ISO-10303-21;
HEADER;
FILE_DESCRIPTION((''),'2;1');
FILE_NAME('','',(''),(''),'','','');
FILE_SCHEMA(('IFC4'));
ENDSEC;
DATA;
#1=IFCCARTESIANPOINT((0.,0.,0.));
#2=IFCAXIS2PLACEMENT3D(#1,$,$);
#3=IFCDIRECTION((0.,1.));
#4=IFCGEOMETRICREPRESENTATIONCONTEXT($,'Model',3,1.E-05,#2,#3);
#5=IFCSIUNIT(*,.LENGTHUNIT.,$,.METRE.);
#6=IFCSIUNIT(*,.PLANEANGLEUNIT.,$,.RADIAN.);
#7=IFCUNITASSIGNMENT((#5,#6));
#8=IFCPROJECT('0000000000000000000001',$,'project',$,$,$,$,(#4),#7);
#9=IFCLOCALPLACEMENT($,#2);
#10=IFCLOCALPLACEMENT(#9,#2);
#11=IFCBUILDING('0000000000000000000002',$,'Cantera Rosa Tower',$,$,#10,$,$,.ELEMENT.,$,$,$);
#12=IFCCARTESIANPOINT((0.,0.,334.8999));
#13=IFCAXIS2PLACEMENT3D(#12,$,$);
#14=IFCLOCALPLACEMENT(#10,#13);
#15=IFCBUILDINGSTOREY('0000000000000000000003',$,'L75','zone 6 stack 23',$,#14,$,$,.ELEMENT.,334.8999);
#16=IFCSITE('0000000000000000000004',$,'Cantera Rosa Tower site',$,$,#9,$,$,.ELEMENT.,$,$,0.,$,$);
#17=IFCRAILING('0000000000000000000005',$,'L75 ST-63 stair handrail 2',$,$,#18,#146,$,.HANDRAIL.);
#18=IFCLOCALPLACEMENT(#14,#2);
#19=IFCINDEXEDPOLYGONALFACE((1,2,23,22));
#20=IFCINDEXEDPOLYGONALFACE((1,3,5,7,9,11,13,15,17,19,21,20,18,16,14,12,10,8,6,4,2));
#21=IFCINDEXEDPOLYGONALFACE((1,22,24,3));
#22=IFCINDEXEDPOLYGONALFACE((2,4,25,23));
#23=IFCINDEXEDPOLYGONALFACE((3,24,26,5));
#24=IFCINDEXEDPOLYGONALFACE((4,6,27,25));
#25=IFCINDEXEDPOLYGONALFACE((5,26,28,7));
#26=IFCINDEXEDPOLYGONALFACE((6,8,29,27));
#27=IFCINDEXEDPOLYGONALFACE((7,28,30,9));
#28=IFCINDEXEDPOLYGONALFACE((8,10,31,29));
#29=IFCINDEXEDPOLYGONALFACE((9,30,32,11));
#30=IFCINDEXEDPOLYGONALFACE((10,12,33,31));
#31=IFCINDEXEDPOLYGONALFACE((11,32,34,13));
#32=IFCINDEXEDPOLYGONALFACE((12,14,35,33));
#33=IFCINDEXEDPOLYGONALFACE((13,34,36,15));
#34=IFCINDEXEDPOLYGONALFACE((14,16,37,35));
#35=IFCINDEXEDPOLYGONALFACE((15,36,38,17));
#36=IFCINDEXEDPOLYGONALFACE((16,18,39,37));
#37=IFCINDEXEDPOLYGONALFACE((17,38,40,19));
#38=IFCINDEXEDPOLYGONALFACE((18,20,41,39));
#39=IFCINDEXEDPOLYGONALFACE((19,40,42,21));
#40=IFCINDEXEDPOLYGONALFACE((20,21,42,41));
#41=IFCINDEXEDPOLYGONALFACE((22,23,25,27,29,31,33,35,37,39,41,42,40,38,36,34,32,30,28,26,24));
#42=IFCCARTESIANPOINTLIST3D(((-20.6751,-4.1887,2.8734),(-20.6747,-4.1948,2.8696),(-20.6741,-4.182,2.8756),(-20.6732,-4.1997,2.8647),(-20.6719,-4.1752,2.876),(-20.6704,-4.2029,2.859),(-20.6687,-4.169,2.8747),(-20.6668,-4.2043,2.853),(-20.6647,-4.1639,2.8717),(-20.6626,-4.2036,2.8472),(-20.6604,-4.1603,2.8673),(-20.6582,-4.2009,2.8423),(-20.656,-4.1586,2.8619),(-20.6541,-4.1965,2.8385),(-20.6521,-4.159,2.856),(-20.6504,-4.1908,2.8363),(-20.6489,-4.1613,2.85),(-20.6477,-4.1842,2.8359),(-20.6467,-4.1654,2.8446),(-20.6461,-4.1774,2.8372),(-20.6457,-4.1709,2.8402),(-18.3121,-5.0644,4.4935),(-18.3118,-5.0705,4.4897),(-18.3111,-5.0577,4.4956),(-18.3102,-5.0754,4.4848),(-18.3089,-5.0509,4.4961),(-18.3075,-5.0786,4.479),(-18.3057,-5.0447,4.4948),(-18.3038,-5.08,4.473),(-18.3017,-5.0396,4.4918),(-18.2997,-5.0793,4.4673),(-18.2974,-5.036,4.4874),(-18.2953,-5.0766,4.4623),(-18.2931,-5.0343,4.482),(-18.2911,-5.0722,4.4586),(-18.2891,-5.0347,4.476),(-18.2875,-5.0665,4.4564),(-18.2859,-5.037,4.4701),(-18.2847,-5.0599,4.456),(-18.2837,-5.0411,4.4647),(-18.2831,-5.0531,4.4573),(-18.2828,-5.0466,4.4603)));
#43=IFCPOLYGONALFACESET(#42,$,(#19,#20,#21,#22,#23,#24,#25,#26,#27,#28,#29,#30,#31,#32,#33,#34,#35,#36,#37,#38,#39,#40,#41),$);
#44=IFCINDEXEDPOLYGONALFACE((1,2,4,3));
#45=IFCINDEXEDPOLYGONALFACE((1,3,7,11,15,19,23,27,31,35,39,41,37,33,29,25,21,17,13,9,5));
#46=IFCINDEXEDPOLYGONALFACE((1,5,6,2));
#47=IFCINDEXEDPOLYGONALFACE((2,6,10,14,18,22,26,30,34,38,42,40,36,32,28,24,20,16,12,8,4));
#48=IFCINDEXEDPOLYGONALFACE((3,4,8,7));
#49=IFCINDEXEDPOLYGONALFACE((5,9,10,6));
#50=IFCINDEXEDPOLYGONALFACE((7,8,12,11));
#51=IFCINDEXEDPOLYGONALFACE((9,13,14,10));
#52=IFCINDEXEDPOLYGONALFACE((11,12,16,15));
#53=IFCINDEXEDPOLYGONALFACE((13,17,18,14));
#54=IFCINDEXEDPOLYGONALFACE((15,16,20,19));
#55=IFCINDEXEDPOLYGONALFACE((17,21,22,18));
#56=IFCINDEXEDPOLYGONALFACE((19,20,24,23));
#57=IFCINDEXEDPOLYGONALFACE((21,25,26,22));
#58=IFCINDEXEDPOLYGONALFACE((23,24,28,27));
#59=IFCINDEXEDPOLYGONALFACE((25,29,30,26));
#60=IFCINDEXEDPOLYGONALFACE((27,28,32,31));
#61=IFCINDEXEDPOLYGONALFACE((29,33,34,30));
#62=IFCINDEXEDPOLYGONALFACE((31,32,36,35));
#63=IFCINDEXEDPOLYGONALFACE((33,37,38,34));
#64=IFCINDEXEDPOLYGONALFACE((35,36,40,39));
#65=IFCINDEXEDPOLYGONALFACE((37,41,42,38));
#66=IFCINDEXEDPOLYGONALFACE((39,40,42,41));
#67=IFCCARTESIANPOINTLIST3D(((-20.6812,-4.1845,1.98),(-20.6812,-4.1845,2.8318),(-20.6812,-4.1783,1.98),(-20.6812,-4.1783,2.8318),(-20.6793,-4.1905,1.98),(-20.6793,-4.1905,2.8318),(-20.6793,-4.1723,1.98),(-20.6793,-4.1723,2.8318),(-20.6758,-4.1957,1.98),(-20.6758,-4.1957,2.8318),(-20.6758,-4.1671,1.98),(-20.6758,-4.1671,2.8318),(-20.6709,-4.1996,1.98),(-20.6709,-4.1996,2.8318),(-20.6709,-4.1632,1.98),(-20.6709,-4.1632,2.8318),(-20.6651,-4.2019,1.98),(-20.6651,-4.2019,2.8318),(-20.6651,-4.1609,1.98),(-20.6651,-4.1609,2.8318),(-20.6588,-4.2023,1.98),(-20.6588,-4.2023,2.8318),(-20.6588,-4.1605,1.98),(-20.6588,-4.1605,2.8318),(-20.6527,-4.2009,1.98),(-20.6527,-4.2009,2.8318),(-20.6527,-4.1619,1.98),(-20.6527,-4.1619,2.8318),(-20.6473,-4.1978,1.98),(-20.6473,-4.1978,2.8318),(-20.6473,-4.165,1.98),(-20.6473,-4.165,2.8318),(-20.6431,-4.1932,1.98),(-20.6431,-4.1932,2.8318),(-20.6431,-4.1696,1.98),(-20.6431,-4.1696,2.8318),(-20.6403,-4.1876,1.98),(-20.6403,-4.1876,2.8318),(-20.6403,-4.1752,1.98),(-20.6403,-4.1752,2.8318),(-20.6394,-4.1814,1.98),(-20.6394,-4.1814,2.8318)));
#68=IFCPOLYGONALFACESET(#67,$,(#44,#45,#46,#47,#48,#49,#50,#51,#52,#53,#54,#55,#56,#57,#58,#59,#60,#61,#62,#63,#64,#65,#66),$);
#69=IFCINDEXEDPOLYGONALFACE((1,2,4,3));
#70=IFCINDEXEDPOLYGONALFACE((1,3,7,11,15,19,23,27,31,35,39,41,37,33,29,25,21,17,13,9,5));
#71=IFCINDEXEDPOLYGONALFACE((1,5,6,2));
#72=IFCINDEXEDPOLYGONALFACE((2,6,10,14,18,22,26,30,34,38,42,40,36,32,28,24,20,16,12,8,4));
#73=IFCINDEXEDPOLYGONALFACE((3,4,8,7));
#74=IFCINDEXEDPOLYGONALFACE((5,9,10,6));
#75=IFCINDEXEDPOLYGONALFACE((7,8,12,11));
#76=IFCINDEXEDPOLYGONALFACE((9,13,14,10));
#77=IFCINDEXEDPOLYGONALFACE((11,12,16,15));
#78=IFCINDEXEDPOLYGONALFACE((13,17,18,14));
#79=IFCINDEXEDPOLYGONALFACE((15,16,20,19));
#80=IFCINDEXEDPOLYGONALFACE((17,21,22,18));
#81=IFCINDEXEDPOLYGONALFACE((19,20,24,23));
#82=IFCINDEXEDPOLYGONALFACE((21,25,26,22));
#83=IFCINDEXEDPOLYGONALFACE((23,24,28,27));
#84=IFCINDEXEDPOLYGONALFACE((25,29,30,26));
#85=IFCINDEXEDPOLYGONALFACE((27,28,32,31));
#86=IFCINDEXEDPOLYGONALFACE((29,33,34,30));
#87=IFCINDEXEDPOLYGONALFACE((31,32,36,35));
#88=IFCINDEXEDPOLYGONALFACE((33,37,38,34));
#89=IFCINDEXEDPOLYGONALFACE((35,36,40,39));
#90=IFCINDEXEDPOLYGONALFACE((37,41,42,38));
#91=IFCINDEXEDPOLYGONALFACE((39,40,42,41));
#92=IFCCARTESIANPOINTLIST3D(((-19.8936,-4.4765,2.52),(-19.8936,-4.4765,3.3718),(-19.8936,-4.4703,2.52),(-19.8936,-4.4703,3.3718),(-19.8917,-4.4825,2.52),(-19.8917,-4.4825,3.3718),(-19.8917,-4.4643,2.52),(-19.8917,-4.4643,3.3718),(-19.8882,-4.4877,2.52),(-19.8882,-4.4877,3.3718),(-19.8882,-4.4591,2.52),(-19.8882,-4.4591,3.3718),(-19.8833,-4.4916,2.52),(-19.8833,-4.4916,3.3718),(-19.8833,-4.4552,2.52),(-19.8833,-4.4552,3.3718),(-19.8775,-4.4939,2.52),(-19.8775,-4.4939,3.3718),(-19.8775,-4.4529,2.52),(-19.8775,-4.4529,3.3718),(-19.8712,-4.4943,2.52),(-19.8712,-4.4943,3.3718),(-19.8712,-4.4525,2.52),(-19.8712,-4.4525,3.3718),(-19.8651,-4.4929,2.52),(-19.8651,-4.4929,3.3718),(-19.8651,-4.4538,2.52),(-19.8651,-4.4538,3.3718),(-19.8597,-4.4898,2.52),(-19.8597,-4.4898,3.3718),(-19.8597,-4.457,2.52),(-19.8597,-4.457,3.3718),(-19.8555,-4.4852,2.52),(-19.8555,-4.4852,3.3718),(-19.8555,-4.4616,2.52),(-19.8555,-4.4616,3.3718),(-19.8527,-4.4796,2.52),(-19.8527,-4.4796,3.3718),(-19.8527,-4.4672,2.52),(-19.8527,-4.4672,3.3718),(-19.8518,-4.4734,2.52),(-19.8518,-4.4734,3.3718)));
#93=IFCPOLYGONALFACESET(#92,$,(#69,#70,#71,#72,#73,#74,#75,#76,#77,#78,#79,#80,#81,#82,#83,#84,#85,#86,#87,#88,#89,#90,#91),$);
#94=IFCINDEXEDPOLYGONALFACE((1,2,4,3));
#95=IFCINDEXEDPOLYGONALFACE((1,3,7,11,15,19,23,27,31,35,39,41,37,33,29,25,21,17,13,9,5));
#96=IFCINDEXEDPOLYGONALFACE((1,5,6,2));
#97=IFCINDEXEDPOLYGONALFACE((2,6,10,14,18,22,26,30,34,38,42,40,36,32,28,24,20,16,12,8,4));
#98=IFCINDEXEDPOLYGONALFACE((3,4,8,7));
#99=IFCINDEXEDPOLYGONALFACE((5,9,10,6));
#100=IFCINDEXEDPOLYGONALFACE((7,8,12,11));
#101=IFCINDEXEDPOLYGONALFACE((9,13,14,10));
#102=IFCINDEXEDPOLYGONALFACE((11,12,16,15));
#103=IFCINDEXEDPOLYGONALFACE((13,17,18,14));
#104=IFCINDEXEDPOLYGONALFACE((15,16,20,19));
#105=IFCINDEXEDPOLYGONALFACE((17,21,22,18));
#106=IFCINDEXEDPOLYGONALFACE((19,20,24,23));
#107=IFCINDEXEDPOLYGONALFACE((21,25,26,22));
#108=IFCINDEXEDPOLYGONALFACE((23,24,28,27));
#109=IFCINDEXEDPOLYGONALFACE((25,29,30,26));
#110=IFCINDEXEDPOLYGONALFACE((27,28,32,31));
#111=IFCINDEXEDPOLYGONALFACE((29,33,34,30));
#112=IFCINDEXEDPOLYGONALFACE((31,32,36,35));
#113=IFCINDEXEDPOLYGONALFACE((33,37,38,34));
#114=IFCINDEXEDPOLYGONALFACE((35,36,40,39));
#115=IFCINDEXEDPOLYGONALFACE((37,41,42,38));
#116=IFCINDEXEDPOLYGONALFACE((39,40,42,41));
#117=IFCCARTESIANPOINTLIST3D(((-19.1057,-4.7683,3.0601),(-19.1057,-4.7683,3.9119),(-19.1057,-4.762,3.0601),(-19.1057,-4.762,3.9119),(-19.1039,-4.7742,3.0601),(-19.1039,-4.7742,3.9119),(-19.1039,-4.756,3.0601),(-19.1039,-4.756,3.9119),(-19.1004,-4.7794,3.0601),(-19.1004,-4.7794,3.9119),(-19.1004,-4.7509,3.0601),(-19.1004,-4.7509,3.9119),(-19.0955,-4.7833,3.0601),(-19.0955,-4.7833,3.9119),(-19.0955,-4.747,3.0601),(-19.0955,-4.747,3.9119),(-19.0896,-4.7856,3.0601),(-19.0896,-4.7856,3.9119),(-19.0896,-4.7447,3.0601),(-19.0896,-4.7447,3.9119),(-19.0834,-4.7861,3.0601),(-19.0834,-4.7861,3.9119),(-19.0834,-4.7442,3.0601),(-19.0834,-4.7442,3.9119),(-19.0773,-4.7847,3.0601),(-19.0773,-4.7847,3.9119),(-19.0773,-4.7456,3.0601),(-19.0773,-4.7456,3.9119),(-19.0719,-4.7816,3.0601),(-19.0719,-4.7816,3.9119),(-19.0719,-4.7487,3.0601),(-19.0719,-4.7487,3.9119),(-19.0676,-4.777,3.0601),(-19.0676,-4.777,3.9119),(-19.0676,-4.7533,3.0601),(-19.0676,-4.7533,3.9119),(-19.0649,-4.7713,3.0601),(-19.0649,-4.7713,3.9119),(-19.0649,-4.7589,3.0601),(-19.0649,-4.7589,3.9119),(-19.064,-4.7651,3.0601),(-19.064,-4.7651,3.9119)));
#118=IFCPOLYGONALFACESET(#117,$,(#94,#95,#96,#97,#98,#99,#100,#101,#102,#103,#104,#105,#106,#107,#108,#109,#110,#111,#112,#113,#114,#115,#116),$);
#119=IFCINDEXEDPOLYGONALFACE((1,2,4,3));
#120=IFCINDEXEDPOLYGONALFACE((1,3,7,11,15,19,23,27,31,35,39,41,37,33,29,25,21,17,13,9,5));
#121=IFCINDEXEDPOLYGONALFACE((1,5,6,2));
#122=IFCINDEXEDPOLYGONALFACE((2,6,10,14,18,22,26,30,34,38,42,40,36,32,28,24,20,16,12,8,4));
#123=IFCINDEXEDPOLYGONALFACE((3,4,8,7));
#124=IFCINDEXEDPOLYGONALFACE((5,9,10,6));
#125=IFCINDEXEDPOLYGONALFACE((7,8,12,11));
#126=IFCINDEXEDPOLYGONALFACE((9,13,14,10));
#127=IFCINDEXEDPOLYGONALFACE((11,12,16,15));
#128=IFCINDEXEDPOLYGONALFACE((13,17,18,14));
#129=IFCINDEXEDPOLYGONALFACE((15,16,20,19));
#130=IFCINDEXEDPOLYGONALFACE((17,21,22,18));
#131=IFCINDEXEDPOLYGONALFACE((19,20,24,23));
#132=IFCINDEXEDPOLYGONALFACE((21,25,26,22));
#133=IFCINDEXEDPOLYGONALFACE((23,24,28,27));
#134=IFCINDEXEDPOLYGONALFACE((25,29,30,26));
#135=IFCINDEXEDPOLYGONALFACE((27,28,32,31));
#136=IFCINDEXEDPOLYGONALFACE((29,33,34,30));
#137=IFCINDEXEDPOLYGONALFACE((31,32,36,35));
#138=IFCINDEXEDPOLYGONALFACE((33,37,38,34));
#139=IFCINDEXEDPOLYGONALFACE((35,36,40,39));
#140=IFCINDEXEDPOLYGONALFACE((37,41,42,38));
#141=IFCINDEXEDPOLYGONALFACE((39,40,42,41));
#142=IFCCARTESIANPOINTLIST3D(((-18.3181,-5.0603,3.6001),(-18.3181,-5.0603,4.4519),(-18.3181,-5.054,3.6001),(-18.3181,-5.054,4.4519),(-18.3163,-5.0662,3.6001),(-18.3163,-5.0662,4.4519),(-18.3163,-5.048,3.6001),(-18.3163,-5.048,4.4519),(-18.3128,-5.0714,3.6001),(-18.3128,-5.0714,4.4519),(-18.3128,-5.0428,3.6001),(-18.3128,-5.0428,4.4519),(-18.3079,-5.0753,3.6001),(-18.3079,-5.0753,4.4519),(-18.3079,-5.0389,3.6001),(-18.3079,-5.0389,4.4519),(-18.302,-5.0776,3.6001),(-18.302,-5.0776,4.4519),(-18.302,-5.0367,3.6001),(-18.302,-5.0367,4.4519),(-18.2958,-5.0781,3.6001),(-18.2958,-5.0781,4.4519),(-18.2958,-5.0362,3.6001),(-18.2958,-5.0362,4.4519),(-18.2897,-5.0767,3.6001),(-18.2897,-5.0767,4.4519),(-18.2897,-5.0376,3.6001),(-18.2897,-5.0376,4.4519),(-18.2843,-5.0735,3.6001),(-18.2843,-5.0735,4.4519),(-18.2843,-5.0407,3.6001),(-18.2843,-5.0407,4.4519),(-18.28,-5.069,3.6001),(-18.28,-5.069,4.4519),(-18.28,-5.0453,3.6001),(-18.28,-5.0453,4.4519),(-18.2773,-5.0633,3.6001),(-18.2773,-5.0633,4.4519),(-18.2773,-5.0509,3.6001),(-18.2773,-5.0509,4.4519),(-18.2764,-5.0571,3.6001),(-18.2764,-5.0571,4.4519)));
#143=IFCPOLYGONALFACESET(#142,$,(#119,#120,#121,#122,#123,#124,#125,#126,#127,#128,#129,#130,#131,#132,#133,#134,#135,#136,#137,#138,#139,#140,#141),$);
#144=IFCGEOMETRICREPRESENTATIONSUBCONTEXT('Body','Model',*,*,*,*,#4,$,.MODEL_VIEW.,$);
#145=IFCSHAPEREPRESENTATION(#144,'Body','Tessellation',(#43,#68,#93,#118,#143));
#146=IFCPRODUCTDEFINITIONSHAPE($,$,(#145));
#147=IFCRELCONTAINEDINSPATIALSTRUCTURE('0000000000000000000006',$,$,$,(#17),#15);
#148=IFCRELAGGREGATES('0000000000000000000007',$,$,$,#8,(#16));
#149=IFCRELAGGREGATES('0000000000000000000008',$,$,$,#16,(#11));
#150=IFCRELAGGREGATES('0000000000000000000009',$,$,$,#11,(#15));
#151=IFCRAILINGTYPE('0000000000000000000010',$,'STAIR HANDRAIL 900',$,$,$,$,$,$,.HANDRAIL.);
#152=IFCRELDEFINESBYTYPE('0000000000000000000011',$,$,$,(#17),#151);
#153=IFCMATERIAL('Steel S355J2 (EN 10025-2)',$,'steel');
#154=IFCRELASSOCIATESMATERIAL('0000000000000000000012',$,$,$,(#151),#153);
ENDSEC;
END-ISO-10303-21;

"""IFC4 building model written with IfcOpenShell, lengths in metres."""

from ifc_helpers import new_model, si_unit, direction, frame, origin, origin_2d, place, context, subcontext, project, spatial, circle, extrude, material, type_object, element, save


model = new_model("IFC4")

# Units and contexts
model_context = context("Model", 3, precision=1e-05, world=origin(), true_north=direction((0.0, 1.0)))
body_context = subcontext(model_context, "Body", "Model", "MODEL_VIEW")
ifc_project = project(units=[si_unit("LENGTHUNIT", "METRE"), si_unit("PLANEANGLEUNIT", "RADIAN")], contexts=[model_context])

# Site, building, storey
site_placement = place(None, origin())
site = spatial("IfcSite", under=ifc_project, at=site_placement, Name="Cantera Rosa Tower site", CompositionType="ELEMENT", RefElevation=0.0)
building_placement = place(site_placement, origin())
building = spatial("IfcBuilding", under=site, at=building_placement, Name="Cantera Rosa Tower", CompositionType="ELEMENT")
storey_placement = place(building_placement, frame((0.0, 0.0, 334.8999)))
storey = spatial("IfcBuildingStorey", under=building, at=storey_placement, Name="L75", Description="zone 6 stack 23", CompositionType="ELEMENT", Elevation=334.8999)

# Railing
ifc_material_1 = material(Name="Steel S355J2 (EN 10025-2)", Category="steel")
railing_type_1 = type_object("IfcRailingType", Name="STAIR HANDRAIL 900", PredefinedType="HANDRAIL", material=ifc_material_1)
railing_1_placement = place(storey_placement, frame((-20.6604, -4.1814, 1.98)))
element("IfcRailing", 1, at=railing_1_placement, inside=storey, type_object=railing_type_1, Name="L75 ST-63 stair handrail 2", PredefinedType="HANDRAIL", context=body_context, shape_type="SweptSolid", body=[
    extrude(circle(Radius=0.0239, at=origin_2d()), frame((0.0, 0.0, 0.876), z_axis=(0.788748, -0.292307, 0.540772), x_axis=(0.347501, 0.93768, 0.0)), (0.0, 0.0, 1.0), 2.9958),
    extrude(circle(Radius=0.021, at=origin_2d()), origin(), (0.0, 0.0, 1.0), 0.8518),
    extrude(circle(Radius=0.021, at=origin_2d()), frame((0.7876, -0.292, 0.54)), (0.0, 0.0, 1.0), 0.8518),
    extrude(circle(Radius=0.021, at=origin_2d()), frame((1.5754, -0.5837, 1.0801)), (0.0, 0.0, 1.0), 0.8518),
    extrude(circle(Radius=0.021, at=origin_2d()), frame((2.363, -0.8757, 1.6201)), (0.0, 0.0, 1.0), 0.8518),
])

save(model, "model.ifc")
